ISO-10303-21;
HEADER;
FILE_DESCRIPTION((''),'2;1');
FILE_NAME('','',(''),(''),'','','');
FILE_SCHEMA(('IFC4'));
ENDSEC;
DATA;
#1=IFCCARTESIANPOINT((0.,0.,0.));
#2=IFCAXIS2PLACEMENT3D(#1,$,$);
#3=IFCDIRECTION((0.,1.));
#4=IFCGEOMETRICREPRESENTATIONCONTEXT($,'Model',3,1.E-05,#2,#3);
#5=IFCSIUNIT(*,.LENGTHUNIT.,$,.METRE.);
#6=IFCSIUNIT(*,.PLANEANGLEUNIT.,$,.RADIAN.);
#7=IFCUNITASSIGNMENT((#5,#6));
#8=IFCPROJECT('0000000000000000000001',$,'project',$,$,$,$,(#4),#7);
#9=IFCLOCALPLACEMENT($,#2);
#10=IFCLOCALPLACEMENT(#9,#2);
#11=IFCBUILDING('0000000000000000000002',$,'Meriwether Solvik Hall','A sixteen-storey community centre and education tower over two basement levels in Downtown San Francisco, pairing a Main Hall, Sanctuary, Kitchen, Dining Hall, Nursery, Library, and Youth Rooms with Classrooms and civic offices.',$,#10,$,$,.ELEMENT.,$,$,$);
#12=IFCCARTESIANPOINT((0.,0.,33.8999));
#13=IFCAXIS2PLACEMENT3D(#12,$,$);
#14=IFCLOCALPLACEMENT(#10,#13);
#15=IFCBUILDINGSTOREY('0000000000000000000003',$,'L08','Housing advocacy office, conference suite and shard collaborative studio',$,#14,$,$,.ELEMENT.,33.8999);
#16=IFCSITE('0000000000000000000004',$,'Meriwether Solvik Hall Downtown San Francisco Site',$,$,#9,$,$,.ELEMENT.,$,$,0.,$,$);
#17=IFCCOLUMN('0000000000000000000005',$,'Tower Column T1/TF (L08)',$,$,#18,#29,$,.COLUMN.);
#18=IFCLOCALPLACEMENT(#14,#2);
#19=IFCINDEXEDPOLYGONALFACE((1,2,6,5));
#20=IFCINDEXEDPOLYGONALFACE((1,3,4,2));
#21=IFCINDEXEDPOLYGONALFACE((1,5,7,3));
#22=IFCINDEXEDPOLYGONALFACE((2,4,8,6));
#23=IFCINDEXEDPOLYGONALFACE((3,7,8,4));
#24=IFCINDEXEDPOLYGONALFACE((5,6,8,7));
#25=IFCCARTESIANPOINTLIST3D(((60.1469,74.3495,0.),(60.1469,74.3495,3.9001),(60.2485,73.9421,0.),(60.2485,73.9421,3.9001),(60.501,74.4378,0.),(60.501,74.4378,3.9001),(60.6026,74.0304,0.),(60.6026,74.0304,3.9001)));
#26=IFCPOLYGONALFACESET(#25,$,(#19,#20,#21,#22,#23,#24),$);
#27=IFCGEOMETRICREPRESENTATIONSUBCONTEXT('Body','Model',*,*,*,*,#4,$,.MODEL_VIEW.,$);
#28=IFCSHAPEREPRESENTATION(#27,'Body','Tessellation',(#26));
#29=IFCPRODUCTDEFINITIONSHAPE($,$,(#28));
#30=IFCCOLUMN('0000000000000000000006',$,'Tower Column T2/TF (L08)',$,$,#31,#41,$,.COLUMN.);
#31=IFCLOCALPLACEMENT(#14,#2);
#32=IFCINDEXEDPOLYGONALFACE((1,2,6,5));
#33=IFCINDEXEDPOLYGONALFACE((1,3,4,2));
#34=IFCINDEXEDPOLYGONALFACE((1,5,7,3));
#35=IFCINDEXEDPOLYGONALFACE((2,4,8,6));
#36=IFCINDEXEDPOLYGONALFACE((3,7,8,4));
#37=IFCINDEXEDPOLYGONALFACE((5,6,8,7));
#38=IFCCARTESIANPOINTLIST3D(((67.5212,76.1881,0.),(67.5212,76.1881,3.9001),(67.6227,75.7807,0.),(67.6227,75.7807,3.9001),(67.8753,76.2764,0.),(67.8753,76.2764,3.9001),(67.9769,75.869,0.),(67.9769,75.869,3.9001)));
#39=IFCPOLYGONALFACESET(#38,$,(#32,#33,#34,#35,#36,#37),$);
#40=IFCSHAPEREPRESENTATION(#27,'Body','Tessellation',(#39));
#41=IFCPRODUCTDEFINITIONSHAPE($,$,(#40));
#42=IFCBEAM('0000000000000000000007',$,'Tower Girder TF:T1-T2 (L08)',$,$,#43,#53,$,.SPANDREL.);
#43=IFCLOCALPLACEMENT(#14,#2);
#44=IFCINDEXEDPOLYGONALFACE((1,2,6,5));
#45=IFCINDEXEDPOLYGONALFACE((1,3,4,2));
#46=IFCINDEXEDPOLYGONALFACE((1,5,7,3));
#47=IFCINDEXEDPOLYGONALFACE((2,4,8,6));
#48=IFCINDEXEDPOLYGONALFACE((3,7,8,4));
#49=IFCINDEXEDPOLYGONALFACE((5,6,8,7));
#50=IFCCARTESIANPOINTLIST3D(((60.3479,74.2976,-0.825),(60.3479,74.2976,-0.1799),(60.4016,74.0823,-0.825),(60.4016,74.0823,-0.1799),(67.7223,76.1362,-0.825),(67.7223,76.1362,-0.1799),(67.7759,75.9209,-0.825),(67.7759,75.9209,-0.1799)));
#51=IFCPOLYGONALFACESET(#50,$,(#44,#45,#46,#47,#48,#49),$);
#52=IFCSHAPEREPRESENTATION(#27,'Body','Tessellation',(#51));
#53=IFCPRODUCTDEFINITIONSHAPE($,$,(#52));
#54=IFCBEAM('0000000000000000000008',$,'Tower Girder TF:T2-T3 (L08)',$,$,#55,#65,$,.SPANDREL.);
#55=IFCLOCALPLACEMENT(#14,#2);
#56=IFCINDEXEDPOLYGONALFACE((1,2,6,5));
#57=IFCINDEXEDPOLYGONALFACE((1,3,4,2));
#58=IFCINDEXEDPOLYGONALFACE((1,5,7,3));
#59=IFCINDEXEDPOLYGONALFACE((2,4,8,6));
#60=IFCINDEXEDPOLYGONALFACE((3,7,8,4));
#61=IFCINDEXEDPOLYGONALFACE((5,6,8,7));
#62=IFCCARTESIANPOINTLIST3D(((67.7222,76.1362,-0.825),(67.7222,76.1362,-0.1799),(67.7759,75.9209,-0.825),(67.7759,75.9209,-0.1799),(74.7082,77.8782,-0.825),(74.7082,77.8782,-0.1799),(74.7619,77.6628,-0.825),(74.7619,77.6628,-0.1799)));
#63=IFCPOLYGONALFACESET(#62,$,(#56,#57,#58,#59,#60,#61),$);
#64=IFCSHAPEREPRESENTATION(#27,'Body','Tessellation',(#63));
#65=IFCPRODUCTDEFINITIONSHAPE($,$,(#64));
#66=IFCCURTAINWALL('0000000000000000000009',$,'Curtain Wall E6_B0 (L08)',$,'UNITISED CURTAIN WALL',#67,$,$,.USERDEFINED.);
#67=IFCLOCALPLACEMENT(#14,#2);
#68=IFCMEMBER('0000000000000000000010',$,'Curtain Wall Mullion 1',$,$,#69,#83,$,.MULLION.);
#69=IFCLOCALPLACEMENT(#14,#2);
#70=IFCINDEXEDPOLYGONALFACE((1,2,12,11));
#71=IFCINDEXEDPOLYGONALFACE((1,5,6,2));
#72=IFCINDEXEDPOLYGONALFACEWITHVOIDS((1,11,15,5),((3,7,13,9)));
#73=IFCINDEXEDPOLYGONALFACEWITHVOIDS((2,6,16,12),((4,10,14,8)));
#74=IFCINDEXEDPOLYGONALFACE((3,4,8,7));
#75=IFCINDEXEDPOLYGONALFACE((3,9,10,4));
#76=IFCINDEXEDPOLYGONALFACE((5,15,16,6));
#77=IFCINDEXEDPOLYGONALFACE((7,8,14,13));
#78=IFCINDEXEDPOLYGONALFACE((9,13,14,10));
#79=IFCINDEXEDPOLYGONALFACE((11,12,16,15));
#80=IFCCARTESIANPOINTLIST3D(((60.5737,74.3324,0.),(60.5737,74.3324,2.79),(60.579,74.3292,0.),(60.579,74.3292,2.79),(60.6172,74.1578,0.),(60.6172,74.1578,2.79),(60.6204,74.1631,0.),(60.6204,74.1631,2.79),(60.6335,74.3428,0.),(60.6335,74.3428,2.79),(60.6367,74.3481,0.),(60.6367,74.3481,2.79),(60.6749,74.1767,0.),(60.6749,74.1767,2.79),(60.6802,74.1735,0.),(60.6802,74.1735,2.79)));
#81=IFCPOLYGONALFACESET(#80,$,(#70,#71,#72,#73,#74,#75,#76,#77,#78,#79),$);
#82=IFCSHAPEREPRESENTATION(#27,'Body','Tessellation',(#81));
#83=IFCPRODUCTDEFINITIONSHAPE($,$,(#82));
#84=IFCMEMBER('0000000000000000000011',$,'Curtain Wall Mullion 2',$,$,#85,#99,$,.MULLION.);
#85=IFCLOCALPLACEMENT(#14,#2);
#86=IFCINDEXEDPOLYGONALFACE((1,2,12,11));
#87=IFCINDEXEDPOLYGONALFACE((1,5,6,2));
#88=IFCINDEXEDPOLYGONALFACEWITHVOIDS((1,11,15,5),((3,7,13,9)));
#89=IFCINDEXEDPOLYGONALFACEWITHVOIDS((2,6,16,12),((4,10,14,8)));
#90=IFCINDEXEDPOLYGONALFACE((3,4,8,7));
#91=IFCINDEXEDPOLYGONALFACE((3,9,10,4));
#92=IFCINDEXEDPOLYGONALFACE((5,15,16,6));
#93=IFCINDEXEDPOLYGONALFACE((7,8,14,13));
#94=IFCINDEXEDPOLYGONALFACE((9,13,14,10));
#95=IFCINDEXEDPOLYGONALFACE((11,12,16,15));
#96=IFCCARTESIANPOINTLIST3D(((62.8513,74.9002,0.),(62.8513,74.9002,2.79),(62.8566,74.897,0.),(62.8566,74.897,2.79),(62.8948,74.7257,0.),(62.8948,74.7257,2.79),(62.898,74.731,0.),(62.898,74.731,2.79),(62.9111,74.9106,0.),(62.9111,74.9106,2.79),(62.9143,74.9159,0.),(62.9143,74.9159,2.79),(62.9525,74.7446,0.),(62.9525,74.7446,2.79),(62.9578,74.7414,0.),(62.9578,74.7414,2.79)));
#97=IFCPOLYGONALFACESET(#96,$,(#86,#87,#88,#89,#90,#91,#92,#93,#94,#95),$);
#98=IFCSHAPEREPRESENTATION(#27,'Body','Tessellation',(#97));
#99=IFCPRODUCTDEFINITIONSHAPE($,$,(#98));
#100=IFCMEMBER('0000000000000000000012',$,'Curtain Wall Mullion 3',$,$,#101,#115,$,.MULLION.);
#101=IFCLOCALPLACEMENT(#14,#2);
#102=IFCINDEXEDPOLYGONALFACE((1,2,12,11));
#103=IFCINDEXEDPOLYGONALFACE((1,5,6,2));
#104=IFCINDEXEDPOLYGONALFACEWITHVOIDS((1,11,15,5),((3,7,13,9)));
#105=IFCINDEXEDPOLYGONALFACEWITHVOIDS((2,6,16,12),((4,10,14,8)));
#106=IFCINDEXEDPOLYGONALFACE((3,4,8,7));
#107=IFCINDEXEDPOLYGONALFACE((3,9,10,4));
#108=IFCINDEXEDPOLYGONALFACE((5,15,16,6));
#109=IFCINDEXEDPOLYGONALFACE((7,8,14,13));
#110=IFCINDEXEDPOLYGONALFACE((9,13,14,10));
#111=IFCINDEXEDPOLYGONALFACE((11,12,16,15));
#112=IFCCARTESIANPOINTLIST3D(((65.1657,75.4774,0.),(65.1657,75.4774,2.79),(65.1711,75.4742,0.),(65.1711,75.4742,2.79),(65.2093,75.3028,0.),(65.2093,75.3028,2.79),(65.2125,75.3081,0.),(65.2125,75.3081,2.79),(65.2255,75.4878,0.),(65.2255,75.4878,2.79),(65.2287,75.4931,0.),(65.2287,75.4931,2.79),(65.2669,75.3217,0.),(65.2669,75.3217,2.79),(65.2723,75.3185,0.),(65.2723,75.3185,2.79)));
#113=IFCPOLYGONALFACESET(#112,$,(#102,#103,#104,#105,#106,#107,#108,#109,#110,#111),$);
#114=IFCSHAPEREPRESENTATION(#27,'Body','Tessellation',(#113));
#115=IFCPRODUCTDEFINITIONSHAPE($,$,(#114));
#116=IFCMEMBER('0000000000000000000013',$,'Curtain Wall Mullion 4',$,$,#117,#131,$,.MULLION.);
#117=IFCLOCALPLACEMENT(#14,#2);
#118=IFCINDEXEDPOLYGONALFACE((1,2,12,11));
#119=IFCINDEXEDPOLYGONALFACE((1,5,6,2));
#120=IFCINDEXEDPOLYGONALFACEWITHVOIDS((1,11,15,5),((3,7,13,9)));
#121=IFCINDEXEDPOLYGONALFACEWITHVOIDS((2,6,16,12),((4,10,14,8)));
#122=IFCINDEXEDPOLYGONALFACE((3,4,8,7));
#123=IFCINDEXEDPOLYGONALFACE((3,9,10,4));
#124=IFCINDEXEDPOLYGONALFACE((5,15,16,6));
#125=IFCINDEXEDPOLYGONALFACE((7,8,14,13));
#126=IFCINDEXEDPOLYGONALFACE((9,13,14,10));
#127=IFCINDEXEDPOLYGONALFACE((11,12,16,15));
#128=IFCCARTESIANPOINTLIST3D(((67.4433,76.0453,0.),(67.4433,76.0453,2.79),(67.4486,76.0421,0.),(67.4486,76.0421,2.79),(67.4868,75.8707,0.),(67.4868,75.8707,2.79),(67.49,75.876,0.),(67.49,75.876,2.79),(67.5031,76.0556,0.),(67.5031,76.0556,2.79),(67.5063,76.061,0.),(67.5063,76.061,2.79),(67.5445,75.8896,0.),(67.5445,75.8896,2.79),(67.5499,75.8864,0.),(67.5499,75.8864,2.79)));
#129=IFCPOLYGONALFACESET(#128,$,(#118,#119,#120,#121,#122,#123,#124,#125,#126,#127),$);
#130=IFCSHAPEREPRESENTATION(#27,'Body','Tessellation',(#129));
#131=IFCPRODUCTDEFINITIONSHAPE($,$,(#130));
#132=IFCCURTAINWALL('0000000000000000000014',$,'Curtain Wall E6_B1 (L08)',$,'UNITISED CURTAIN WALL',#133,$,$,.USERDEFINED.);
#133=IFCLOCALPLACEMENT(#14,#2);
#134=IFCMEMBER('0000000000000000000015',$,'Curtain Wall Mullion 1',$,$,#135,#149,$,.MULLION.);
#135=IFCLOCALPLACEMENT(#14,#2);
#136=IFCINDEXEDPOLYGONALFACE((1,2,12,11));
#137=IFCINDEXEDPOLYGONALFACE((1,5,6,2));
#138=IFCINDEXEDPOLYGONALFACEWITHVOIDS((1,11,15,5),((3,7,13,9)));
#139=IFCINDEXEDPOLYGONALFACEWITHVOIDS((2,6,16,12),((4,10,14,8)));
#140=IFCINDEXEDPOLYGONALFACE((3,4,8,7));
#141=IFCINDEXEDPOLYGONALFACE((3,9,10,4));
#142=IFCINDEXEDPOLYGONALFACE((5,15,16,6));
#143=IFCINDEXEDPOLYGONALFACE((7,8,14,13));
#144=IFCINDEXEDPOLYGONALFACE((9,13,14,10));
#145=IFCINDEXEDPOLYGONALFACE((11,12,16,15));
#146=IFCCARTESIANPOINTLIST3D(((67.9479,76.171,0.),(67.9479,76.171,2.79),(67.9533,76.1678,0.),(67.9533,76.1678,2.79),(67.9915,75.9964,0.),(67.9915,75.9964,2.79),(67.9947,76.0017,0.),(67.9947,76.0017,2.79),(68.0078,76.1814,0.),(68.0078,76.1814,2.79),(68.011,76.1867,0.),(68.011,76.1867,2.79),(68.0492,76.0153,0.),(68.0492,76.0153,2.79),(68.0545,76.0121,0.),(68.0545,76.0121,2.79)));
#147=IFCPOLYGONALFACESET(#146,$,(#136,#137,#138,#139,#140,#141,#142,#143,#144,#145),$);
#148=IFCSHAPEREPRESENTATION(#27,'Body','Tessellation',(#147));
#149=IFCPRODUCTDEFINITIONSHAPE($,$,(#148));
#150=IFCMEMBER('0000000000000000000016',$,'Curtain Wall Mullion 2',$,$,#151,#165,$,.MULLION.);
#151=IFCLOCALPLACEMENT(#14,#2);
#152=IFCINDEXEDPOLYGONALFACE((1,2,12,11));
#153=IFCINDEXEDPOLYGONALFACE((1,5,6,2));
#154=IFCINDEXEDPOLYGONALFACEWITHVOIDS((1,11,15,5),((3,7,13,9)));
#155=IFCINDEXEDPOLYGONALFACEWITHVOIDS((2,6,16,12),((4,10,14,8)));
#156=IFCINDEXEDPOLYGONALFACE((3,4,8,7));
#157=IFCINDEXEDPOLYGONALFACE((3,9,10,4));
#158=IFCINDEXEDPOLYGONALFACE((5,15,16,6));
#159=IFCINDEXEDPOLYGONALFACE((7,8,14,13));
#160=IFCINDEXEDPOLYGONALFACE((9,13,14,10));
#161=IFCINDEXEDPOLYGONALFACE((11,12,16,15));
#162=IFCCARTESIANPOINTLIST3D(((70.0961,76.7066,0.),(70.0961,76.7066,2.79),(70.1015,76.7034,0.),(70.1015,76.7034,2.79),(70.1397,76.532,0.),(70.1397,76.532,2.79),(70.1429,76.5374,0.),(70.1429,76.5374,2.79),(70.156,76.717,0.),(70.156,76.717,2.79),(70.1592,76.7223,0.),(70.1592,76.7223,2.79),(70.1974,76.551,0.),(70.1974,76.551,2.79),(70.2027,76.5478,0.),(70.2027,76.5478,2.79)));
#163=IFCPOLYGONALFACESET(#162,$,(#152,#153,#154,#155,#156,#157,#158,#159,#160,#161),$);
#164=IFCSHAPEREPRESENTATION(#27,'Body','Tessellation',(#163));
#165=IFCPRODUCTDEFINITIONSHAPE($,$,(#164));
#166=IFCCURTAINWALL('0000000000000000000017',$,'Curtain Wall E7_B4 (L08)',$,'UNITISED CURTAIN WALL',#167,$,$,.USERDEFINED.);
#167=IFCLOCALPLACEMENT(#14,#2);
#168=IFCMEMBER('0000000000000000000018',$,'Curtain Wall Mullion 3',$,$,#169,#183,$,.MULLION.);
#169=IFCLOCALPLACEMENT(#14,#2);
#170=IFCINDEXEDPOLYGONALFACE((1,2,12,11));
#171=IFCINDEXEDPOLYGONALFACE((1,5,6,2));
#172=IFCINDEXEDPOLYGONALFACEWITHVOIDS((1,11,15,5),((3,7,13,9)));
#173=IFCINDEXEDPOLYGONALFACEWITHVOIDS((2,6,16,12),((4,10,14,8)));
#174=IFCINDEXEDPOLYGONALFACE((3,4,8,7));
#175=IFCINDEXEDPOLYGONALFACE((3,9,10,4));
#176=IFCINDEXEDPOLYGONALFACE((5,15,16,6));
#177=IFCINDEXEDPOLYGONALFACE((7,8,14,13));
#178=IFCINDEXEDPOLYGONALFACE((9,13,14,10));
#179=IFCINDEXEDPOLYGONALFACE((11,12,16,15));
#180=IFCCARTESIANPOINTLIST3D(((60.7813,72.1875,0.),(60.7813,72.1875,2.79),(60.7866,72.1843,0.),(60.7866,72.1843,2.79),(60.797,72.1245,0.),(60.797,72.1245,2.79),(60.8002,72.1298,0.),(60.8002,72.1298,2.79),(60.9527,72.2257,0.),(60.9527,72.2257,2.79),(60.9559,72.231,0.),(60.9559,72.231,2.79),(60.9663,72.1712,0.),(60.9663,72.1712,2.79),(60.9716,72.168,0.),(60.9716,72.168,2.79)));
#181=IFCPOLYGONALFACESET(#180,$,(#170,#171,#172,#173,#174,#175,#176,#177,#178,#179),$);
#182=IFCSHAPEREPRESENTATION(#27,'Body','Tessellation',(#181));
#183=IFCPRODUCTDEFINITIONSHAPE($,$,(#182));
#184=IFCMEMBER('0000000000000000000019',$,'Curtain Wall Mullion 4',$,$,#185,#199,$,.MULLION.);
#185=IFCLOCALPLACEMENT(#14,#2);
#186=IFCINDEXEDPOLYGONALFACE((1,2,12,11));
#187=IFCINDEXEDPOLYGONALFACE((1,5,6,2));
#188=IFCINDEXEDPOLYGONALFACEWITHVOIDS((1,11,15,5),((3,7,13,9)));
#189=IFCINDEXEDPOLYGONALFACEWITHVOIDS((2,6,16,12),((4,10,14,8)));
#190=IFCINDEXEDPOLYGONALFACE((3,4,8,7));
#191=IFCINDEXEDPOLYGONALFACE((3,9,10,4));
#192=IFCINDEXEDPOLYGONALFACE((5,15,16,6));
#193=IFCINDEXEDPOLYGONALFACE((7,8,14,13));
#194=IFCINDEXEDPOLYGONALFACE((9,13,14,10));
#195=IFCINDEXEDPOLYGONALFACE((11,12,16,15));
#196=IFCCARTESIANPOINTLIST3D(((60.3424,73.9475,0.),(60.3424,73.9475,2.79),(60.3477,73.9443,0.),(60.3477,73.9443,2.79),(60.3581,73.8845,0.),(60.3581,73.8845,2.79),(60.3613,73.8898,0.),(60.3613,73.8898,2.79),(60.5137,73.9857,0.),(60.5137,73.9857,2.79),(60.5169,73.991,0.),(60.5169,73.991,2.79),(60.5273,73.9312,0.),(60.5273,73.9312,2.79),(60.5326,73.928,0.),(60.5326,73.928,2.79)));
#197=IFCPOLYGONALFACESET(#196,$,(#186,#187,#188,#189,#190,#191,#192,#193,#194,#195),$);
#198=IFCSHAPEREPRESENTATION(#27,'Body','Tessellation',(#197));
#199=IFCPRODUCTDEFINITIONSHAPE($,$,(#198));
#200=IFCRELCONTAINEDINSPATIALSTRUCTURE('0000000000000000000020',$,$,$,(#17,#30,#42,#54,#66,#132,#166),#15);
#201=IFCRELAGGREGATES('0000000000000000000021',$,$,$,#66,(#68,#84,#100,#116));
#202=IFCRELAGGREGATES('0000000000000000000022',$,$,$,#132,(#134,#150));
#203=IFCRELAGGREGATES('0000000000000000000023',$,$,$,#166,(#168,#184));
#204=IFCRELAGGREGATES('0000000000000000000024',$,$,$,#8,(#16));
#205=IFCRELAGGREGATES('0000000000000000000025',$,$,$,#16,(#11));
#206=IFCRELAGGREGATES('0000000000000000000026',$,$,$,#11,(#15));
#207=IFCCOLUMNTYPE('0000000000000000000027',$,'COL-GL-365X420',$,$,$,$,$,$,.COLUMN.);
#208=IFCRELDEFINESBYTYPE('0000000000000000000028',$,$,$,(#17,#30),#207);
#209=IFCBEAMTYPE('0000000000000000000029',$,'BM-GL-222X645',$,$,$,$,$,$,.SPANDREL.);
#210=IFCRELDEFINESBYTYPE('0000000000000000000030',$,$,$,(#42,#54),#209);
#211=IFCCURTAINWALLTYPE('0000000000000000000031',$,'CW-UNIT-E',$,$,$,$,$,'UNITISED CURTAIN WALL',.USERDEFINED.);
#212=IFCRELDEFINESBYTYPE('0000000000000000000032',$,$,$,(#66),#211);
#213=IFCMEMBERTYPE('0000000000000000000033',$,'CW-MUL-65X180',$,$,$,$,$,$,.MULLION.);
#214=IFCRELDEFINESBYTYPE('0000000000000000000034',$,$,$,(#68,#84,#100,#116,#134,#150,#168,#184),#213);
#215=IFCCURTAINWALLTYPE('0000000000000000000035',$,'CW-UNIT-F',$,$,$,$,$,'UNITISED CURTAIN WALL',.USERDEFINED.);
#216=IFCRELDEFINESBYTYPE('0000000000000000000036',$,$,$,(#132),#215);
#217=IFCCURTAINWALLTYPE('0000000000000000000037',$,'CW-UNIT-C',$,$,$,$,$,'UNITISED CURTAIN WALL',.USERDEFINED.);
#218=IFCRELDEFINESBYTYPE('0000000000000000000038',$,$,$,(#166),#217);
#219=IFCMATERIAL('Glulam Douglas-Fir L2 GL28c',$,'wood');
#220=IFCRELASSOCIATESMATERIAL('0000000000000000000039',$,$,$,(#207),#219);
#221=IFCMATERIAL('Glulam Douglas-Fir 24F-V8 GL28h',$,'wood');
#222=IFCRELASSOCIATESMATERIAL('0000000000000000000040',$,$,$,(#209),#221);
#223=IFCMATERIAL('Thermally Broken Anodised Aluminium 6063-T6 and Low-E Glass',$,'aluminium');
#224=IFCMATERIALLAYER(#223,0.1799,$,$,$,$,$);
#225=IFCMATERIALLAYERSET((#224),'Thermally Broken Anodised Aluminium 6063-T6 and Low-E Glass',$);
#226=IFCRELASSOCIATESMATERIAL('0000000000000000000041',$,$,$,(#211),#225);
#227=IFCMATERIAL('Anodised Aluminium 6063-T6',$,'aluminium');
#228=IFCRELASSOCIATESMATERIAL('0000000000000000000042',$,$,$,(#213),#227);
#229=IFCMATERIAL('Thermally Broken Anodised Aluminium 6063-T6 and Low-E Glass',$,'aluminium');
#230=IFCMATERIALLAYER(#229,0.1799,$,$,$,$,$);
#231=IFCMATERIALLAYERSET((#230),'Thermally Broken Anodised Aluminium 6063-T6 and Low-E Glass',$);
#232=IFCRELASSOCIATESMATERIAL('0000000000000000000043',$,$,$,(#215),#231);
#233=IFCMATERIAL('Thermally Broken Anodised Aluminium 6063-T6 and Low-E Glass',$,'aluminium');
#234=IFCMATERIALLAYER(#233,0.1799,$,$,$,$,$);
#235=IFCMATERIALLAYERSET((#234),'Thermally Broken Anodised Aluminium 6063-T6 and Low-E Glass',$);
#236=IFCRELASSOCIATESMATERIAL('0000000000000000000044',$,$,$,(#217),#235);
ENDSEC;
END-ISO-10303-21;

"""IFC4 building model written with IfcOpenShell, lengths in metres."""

from ifc_helpers import new_model, si_unit, direction, frame, origin, origin_2d, place, context, subcontext, project, spatial, rectangle, hollow_rectangle, extrude, material, layer, layer_set, material_profile, profile_set, type_object, element, aggregate, save


model = new_model("IFC4")

# Units and contexts
model_context = context("Model", 3, precision=1e-05, world=origin(), true_north=direction((0.0, 1.0)))
body_context = subcontext(model_context, "Body", "Model", "MODEL_VIEW")
ifc_project = project(units=[si_unit("LENGTHUNIT", "METRE"), si_unit("PLANEANGLEUNIT", "RADIAN")], contexts=[model_context])

# Site, building, storey
site_placement = place(None, origin())
site = spatial("IfcSite", under=ifc_project, at=site_placement, Name="Meriwether Solvik Hall Downtown San Francisco Site", CompositionType="ELEMENT", RefElevation=0.0)
building_placement = place(site_placement, origin())
building = spatial("IfcBuilding", under=site, at=building_placement, Name="Meriwether Solvik Hall", Description="A sixteen-storey community centre and education tower over two basement levels in Downtown San Francisco, pairing a Main Hall, Sanctuary, Kitchen, Dining Hall, Nursery, Library, and Youth Rooms with Classrooms and civic offices.", CompositionType="ELEMENT")
storey_placement = place(building_placement, frame((0.0, 0.0, 33.8999)))
storey = spatial("IfcBuildingStorey", under=building, at=storey_placement, Name="L08", Description="Housing advocacy office, conference suite and shard collaborative studio", CompositionType="ELEMENT", Elevation=33.8999)

# Columns
ifc_material_1 = material(Name="Glulam Douglas-Fir L2 GL28c", Category="wood")
ifc_material_profile_1 = material_profile(ifc_material_1, rectangle(XDim=0.365, YDim=0.4199, at=origin_2d()), Name="GLC-365X420")
ifc_profile_set_1 = profile_set([ifc_material_profile_1], Name="Glulam Douglas-Fir L2 GL28c")
column_type = type_object("IfcColumnType", Name="COL-GL-365X420", PredefinedType="COLUMN", material=ifc_profile_set_1)
for number, where, z_axis, x_axis, name in (
    (1, (60.3748, 74.1899, 0.0), (0.0, 0.0, 1.0), (0.970296, 0.241922, 0.0), "Tower Column T1/TF (L08)"),
    (2, (67.749, 76.0286, 0.0), (0.0, 0.0, 1.0), (0.970296, 0.241922, 0.0), "Tower Column T2/TF (L08)"),
):
    element("IfcColumn", number, at=place(storey_placement, frame(where, z_axis=z_axis, x_axis=x_axis)), inside=storey, type_object=column_type, Name=name, PredefinedType="COLUMN", context=body_context, shape_type="SweptSolid", body=[
        extrude(rectangle(XDim=0.365, YDim=0.4199, at=origin_2d()), origin(), (0.0, 0.0, 1.0), 3.9001),
    ])

# Beams
ifc_material_2 = material(Name="Glulam Douglas-Fir 24F-V8 GL28h", Category="wood")
ifc_material_profile_2 = material_profile(ifc_material_2, rectangle(XDim=0.2219, YDim=0.645, at=origin_2d()), Name="GLB-222X645")
ifc_profile_set_2 = profile_set([ifc_material_profile_2], Name="Glulam Douglas-Fir 24F-V8 GL28h")
beam_type = type_object("IfcBeamType", Name="BM-GL-222X645", PredefinedType="SPANDREL", material=ifc_profile_set_2)
beam_1_placement = place(storey_placement, frame((60.3748, 74.1899, -0.5024), z_axis=(0.970295, 0.241923, 0.0), x_axis=(-0.241923, 0.970295, 0.0)))
element("IfcBeam", 3, at=beam_1_placement, inside=storey, type_object=beam_type, Name="Tower Girder TF:T1-T2 (L08)", PredefinedType="SPANDREL", context=body_context, shape_type="SweptSolid", body=[
    extrude(rectangle(XDim=0.2219, YDim=0.645, at=origin_2d()), origin(), (0.0, 0.0, 1.0), 7.6001),
])
beam_2_placement = place(storey_placement, frame((67.749, 76.0286, -0.5024), z_axis=(0.970292, 0.241937, 0.0), x_axis=(-0.241937, 0.970292, 0.0)))
element("IfcBeam", 4, at=beam_2_placement, inside=storey, type_object=beam_type, Name="Tower Girder TF:T2-T3 (L08)", PredefinedType="SPANDREL", context=body_context, shape_type="SweptSolid", body=[
    extrude(rectangle(XDim=0.2219, YDim=0.645, at=origin_2d()), origin(), (0.0, 0.0, 1.0), 7.2),
])

# Curtain walls, members
ifc_material_3 = material(Name="Thermally Broken Anodised Aluminium 6063-T6 and Low-E Glass", Category="aluminium")
ifc_layer_1 = layer(ifc_material_3, 0.1799)
ifc_layer_set_1 = layer_set([ifc_layer_1], Name="Thermally Broken Anodised Aluminium 6063-T6 and Low-E Glass")
curtain_wall_type_1 = type_object("IfcCurtainWallType", Name="CW-UNIT-E", ElementType="UNITISED CURTAIN WALL", PredefinedType="USERDEFINED", material=ifc_layer_set_1)
curtain_wall_1_placement = place(storey_placement, origin())
curtain_wall_1 = element("IfcCurtainWall", 5, at=curtain_wall_1_placement, inside=storey, type_object=curtain_wall_type_1, Name="Curtain Wall E6_B0 (L08)", ObjectType="UNITISED CURTAIN WALL", PredefinedType="USERDEFINED")
ifc_material_4 = material(Name="Anodised Aluminium 6063-T6", Category="aluminium")
ifc_material_profile_3 = material_profile(ifc_material_4, hollow_rectangle(XDim=0.0649, YDim=0.1799, WallThickness=0.0044, at=origin_2d()), Name="CWM-65X180")
ifc_profile_set_3 = profile_set([ifc_material_profile_3], Name="Anodised Aluminium 6063-T6")
member_type_1 = type_object("IfcMemberType", Name="CW-MUL-65X180", PredefinedType="MULLION", material=ifc_profile_set_3)
member_1_placement = place(storey_placement, frame((60.627, 74.2529, 0.0), z_axis=(0.0, 0.0, 1.0), x_axis=(0.970296, 0.241922, 0.0)))
member_1 = element("IfcMember", 6, at=member_1_placement, type_object=member_type_1, Name="Curtain Wall Mullion 1", PredefinedType="MULLION", context=body_context, shape_type="SweptSolid", body=[
    extrude(hollow_rectangle(XDim=0.0649, YDim=0.1799, WallThickness=0.0044, at=origin_2d()), origin(), (0.0, 0.0, 1.0), 2.79),
])
member_2_placement = place(storey_placement, frame((62.9045, 74.8208, 0.0), z_axis=(0.0, 0.0, 1.0), x_axis=(0.970296, 0.241922, 0.0)))
member_2 = element("IfcMember", 7, at=member_2_placement, type_object=member_type_1, Name="Curtain Wall Mullion 2", PredefinedType="MULLION", context=body_context, shape_type="SweptSolid", body=[
    extrude(hollow_rectangle(XDim=0.0649, YDim=0.1799, WallThickness=0.0044, at=origin_2d()), origin(), (0.0, 0.0, 1.0), 2.79),
])
member_3_placement = place(storey_placement, frame((65.219, 75.3979, 0.0), z_axis=(0.0, 0.0, 1.0), x_axis=(0.970296, 0.241922, 0.0)))
member_3 = element("IfcMember", 8, at=member_3_placement, type_object=member_type_1, Name="Curtain Wall Mullion 3", PredefinedType="MULLION", context=body_context, shape_type="SweptSolid", body=[
    extrude(hollow_rectangle(XDim=0.0649, YDim=0.1799, WallThickness=0.0044, at=origin_2d()), origin(), (0.0, 0.0, 1.0), 2.79),
])
member_4_placement = place(storey_placement, frame((67.4966, 75.9658, 0.0), z_axis=(0.0, 0.0, 1.0), x_axis=(0.970296, 0.241922, 0.0)))
member_4 = element("IfcMember", 9, at=member_4_placement, type_object=member_type_1, Name="Curtain Wall Mullion 4", PredefinedType="MULLION", context=body_context, shape_type="SweptSolid", body=[
    extrude(hollow_rectangle(XDim=0.0649, YDim=0.1799, WallThickness=0.0044, at=origin_2d()), origin(), (0.0, 0.0, 1.0), 2.79),
])
ifc_material_5 = material(Name="Thermally Broken Anodised Aluminium 6063-T6 and Low-E Glass", Category="aluminium")
ifc_layer_2 = layer(ifc_material_5, 0.1799)
ifc_layer_set_2 = layer_set([ifc_layer_2], Name="Thermally Broken Anodised Aluminium 6063-T6 and Low-E Glass")
curtain_wall_type_2 = type_object("IfcCurtainWallType", Name="CW-UNIT-F", ElementType="UNITISED CURTAIN WALL", PredefinedType="USERDEFINED", material=ifc_layer_set_2)
curtain_wall_2_placement = place(storey_placement, origin())
curtain_wall_2 = element("IfcCurtainWall", 10, at=curtain_wall_2_placement, inside=storey, type_object=curtain_wall_type_2, Name="Curtain Wall E6_B1 (L08)", ObjectType="UNITISED CURTAIN WALL", PredefinedType="USERDEFINED")
member_5_placement = place(storey_placement, frame((68.0012, 76.0916, 0.0), z_axis=(0.0, 0.0, 1.0), x_axis=(0.970296, 0.241922, 0.0)))
member_5 = element("IfcMember", 11, at=member_5_placement, type_object=member_type_1, Name="Curtain Wall Mullion 1", PredefinedType="MULLION", context=body_context, shape_type="SweptSolid", body=[
    extrude(hollow_rectangle(XDim=0.0649, YDim=0.1799, WallThickness=0.0044, at=origin_2d()), origin(), (0.0, 0.0, 1.0), 2.79),
])
member_6_placement = place(storey_placement, frame((70.1494, 76.6272, 0.0), z_axis=(0.0, 0.0, 1.0), x_axis=(0.970296, 0.241922, 0.0)))
member_6 = element("IfcMember", 12, at=member_6_placement, type_object=member_type_1, Name="Curtain Wall Mullion 2", PredefinedType="MULLION", context=body_context, shape_type="SweptSolid", body=[
    extrude(hollow_rectangle(XDim=0.0649, YDim=0.1799, WallThickness=0.0044, at=origin_2d()), origin(), (0.0, 0.0, 1.0), 2.79),
])
ifc_material_6 = material(Name="Thermally Broken Anodised Aluminium 6063-T6 and Low-E Glass", Category="aluminium")
ifc_layer_3 = layer(ifc_material_6, 0.1799)
ifc_layer_set_3 = layer_set([ifc_layer_3], Name="Thermally Broken Anodised Aluminium 6063-T6 and Low-E Glass")
curtain_wall_type_3 = type_object("IfcCurtainWallType", Name="CW-UNIT-C", ElementType="UNITISED CURTAIN WALL", PredefinedType="USERDEFINED", material=ifc_layer_set_3)
curtain_wall_3_placement = place(storey_placement, origin())
curtain_wall_3 = element("IfcCurtainWall", 13, at=curtain_wall_3_placement, inside=storey, type_object=curtain_wall_type_3, Name="Curtain Wall E7_B4 (L08)", ObjectType="UNITISED CURTAIN WALL", PredefinedType="USERDEFINED")
member_7_placement = place(storey_placement, frame((60.8765, 72.1777, 0.0), z_axis=(0.0, 0.0, 1.0), x_axis=(-0.241922, 0.970296, 0.0)))
member_7 = element("IfcMember", 14, at=member_7_placement, type_object=member_type_1, Name="Curtain Wall Mullion 3", PredefinedType="MULLION", context=body_context, shape_type="SweptSolid", body=[
    extrude(hollow_rectangle(XDim=0.0649, YDim=0.1799, WallThickness=0.0044, at=origin_2d()), origin(), (0.0, 0.0, 1.0), 2.79),
])
member_8_placement = place(storey_placement, frame((60.4375, 73.9377, 0.0), z_axis=(0.0, 0.0, 1.0), x_axis=(-0.241922, 0.970296, 0.0)))
member_8 = element("IfcMember", 15, at=member_8_placement, type_object=member_type_1, Name="Curtain Wall Mullion 4", PredefinedType="MULLION", context=body_context, shape_type="SweptSolid", body=[
    extrude(hollow_rectangle(XDim=0.0649, YDim=0.1799, WallThickness=0.0044, at=origin_2d()), origin(), (0.0, 0.0, 1.0), 2.79),
])

aggregate(curtain_wall_1, [member_1, member_2, member_3, member_4])
aggregate(curtain_wall_2, [member_5, member_6])
aggregate(curtain_wall_3, [member_7, member_8])

save(model, "model.ifc")
